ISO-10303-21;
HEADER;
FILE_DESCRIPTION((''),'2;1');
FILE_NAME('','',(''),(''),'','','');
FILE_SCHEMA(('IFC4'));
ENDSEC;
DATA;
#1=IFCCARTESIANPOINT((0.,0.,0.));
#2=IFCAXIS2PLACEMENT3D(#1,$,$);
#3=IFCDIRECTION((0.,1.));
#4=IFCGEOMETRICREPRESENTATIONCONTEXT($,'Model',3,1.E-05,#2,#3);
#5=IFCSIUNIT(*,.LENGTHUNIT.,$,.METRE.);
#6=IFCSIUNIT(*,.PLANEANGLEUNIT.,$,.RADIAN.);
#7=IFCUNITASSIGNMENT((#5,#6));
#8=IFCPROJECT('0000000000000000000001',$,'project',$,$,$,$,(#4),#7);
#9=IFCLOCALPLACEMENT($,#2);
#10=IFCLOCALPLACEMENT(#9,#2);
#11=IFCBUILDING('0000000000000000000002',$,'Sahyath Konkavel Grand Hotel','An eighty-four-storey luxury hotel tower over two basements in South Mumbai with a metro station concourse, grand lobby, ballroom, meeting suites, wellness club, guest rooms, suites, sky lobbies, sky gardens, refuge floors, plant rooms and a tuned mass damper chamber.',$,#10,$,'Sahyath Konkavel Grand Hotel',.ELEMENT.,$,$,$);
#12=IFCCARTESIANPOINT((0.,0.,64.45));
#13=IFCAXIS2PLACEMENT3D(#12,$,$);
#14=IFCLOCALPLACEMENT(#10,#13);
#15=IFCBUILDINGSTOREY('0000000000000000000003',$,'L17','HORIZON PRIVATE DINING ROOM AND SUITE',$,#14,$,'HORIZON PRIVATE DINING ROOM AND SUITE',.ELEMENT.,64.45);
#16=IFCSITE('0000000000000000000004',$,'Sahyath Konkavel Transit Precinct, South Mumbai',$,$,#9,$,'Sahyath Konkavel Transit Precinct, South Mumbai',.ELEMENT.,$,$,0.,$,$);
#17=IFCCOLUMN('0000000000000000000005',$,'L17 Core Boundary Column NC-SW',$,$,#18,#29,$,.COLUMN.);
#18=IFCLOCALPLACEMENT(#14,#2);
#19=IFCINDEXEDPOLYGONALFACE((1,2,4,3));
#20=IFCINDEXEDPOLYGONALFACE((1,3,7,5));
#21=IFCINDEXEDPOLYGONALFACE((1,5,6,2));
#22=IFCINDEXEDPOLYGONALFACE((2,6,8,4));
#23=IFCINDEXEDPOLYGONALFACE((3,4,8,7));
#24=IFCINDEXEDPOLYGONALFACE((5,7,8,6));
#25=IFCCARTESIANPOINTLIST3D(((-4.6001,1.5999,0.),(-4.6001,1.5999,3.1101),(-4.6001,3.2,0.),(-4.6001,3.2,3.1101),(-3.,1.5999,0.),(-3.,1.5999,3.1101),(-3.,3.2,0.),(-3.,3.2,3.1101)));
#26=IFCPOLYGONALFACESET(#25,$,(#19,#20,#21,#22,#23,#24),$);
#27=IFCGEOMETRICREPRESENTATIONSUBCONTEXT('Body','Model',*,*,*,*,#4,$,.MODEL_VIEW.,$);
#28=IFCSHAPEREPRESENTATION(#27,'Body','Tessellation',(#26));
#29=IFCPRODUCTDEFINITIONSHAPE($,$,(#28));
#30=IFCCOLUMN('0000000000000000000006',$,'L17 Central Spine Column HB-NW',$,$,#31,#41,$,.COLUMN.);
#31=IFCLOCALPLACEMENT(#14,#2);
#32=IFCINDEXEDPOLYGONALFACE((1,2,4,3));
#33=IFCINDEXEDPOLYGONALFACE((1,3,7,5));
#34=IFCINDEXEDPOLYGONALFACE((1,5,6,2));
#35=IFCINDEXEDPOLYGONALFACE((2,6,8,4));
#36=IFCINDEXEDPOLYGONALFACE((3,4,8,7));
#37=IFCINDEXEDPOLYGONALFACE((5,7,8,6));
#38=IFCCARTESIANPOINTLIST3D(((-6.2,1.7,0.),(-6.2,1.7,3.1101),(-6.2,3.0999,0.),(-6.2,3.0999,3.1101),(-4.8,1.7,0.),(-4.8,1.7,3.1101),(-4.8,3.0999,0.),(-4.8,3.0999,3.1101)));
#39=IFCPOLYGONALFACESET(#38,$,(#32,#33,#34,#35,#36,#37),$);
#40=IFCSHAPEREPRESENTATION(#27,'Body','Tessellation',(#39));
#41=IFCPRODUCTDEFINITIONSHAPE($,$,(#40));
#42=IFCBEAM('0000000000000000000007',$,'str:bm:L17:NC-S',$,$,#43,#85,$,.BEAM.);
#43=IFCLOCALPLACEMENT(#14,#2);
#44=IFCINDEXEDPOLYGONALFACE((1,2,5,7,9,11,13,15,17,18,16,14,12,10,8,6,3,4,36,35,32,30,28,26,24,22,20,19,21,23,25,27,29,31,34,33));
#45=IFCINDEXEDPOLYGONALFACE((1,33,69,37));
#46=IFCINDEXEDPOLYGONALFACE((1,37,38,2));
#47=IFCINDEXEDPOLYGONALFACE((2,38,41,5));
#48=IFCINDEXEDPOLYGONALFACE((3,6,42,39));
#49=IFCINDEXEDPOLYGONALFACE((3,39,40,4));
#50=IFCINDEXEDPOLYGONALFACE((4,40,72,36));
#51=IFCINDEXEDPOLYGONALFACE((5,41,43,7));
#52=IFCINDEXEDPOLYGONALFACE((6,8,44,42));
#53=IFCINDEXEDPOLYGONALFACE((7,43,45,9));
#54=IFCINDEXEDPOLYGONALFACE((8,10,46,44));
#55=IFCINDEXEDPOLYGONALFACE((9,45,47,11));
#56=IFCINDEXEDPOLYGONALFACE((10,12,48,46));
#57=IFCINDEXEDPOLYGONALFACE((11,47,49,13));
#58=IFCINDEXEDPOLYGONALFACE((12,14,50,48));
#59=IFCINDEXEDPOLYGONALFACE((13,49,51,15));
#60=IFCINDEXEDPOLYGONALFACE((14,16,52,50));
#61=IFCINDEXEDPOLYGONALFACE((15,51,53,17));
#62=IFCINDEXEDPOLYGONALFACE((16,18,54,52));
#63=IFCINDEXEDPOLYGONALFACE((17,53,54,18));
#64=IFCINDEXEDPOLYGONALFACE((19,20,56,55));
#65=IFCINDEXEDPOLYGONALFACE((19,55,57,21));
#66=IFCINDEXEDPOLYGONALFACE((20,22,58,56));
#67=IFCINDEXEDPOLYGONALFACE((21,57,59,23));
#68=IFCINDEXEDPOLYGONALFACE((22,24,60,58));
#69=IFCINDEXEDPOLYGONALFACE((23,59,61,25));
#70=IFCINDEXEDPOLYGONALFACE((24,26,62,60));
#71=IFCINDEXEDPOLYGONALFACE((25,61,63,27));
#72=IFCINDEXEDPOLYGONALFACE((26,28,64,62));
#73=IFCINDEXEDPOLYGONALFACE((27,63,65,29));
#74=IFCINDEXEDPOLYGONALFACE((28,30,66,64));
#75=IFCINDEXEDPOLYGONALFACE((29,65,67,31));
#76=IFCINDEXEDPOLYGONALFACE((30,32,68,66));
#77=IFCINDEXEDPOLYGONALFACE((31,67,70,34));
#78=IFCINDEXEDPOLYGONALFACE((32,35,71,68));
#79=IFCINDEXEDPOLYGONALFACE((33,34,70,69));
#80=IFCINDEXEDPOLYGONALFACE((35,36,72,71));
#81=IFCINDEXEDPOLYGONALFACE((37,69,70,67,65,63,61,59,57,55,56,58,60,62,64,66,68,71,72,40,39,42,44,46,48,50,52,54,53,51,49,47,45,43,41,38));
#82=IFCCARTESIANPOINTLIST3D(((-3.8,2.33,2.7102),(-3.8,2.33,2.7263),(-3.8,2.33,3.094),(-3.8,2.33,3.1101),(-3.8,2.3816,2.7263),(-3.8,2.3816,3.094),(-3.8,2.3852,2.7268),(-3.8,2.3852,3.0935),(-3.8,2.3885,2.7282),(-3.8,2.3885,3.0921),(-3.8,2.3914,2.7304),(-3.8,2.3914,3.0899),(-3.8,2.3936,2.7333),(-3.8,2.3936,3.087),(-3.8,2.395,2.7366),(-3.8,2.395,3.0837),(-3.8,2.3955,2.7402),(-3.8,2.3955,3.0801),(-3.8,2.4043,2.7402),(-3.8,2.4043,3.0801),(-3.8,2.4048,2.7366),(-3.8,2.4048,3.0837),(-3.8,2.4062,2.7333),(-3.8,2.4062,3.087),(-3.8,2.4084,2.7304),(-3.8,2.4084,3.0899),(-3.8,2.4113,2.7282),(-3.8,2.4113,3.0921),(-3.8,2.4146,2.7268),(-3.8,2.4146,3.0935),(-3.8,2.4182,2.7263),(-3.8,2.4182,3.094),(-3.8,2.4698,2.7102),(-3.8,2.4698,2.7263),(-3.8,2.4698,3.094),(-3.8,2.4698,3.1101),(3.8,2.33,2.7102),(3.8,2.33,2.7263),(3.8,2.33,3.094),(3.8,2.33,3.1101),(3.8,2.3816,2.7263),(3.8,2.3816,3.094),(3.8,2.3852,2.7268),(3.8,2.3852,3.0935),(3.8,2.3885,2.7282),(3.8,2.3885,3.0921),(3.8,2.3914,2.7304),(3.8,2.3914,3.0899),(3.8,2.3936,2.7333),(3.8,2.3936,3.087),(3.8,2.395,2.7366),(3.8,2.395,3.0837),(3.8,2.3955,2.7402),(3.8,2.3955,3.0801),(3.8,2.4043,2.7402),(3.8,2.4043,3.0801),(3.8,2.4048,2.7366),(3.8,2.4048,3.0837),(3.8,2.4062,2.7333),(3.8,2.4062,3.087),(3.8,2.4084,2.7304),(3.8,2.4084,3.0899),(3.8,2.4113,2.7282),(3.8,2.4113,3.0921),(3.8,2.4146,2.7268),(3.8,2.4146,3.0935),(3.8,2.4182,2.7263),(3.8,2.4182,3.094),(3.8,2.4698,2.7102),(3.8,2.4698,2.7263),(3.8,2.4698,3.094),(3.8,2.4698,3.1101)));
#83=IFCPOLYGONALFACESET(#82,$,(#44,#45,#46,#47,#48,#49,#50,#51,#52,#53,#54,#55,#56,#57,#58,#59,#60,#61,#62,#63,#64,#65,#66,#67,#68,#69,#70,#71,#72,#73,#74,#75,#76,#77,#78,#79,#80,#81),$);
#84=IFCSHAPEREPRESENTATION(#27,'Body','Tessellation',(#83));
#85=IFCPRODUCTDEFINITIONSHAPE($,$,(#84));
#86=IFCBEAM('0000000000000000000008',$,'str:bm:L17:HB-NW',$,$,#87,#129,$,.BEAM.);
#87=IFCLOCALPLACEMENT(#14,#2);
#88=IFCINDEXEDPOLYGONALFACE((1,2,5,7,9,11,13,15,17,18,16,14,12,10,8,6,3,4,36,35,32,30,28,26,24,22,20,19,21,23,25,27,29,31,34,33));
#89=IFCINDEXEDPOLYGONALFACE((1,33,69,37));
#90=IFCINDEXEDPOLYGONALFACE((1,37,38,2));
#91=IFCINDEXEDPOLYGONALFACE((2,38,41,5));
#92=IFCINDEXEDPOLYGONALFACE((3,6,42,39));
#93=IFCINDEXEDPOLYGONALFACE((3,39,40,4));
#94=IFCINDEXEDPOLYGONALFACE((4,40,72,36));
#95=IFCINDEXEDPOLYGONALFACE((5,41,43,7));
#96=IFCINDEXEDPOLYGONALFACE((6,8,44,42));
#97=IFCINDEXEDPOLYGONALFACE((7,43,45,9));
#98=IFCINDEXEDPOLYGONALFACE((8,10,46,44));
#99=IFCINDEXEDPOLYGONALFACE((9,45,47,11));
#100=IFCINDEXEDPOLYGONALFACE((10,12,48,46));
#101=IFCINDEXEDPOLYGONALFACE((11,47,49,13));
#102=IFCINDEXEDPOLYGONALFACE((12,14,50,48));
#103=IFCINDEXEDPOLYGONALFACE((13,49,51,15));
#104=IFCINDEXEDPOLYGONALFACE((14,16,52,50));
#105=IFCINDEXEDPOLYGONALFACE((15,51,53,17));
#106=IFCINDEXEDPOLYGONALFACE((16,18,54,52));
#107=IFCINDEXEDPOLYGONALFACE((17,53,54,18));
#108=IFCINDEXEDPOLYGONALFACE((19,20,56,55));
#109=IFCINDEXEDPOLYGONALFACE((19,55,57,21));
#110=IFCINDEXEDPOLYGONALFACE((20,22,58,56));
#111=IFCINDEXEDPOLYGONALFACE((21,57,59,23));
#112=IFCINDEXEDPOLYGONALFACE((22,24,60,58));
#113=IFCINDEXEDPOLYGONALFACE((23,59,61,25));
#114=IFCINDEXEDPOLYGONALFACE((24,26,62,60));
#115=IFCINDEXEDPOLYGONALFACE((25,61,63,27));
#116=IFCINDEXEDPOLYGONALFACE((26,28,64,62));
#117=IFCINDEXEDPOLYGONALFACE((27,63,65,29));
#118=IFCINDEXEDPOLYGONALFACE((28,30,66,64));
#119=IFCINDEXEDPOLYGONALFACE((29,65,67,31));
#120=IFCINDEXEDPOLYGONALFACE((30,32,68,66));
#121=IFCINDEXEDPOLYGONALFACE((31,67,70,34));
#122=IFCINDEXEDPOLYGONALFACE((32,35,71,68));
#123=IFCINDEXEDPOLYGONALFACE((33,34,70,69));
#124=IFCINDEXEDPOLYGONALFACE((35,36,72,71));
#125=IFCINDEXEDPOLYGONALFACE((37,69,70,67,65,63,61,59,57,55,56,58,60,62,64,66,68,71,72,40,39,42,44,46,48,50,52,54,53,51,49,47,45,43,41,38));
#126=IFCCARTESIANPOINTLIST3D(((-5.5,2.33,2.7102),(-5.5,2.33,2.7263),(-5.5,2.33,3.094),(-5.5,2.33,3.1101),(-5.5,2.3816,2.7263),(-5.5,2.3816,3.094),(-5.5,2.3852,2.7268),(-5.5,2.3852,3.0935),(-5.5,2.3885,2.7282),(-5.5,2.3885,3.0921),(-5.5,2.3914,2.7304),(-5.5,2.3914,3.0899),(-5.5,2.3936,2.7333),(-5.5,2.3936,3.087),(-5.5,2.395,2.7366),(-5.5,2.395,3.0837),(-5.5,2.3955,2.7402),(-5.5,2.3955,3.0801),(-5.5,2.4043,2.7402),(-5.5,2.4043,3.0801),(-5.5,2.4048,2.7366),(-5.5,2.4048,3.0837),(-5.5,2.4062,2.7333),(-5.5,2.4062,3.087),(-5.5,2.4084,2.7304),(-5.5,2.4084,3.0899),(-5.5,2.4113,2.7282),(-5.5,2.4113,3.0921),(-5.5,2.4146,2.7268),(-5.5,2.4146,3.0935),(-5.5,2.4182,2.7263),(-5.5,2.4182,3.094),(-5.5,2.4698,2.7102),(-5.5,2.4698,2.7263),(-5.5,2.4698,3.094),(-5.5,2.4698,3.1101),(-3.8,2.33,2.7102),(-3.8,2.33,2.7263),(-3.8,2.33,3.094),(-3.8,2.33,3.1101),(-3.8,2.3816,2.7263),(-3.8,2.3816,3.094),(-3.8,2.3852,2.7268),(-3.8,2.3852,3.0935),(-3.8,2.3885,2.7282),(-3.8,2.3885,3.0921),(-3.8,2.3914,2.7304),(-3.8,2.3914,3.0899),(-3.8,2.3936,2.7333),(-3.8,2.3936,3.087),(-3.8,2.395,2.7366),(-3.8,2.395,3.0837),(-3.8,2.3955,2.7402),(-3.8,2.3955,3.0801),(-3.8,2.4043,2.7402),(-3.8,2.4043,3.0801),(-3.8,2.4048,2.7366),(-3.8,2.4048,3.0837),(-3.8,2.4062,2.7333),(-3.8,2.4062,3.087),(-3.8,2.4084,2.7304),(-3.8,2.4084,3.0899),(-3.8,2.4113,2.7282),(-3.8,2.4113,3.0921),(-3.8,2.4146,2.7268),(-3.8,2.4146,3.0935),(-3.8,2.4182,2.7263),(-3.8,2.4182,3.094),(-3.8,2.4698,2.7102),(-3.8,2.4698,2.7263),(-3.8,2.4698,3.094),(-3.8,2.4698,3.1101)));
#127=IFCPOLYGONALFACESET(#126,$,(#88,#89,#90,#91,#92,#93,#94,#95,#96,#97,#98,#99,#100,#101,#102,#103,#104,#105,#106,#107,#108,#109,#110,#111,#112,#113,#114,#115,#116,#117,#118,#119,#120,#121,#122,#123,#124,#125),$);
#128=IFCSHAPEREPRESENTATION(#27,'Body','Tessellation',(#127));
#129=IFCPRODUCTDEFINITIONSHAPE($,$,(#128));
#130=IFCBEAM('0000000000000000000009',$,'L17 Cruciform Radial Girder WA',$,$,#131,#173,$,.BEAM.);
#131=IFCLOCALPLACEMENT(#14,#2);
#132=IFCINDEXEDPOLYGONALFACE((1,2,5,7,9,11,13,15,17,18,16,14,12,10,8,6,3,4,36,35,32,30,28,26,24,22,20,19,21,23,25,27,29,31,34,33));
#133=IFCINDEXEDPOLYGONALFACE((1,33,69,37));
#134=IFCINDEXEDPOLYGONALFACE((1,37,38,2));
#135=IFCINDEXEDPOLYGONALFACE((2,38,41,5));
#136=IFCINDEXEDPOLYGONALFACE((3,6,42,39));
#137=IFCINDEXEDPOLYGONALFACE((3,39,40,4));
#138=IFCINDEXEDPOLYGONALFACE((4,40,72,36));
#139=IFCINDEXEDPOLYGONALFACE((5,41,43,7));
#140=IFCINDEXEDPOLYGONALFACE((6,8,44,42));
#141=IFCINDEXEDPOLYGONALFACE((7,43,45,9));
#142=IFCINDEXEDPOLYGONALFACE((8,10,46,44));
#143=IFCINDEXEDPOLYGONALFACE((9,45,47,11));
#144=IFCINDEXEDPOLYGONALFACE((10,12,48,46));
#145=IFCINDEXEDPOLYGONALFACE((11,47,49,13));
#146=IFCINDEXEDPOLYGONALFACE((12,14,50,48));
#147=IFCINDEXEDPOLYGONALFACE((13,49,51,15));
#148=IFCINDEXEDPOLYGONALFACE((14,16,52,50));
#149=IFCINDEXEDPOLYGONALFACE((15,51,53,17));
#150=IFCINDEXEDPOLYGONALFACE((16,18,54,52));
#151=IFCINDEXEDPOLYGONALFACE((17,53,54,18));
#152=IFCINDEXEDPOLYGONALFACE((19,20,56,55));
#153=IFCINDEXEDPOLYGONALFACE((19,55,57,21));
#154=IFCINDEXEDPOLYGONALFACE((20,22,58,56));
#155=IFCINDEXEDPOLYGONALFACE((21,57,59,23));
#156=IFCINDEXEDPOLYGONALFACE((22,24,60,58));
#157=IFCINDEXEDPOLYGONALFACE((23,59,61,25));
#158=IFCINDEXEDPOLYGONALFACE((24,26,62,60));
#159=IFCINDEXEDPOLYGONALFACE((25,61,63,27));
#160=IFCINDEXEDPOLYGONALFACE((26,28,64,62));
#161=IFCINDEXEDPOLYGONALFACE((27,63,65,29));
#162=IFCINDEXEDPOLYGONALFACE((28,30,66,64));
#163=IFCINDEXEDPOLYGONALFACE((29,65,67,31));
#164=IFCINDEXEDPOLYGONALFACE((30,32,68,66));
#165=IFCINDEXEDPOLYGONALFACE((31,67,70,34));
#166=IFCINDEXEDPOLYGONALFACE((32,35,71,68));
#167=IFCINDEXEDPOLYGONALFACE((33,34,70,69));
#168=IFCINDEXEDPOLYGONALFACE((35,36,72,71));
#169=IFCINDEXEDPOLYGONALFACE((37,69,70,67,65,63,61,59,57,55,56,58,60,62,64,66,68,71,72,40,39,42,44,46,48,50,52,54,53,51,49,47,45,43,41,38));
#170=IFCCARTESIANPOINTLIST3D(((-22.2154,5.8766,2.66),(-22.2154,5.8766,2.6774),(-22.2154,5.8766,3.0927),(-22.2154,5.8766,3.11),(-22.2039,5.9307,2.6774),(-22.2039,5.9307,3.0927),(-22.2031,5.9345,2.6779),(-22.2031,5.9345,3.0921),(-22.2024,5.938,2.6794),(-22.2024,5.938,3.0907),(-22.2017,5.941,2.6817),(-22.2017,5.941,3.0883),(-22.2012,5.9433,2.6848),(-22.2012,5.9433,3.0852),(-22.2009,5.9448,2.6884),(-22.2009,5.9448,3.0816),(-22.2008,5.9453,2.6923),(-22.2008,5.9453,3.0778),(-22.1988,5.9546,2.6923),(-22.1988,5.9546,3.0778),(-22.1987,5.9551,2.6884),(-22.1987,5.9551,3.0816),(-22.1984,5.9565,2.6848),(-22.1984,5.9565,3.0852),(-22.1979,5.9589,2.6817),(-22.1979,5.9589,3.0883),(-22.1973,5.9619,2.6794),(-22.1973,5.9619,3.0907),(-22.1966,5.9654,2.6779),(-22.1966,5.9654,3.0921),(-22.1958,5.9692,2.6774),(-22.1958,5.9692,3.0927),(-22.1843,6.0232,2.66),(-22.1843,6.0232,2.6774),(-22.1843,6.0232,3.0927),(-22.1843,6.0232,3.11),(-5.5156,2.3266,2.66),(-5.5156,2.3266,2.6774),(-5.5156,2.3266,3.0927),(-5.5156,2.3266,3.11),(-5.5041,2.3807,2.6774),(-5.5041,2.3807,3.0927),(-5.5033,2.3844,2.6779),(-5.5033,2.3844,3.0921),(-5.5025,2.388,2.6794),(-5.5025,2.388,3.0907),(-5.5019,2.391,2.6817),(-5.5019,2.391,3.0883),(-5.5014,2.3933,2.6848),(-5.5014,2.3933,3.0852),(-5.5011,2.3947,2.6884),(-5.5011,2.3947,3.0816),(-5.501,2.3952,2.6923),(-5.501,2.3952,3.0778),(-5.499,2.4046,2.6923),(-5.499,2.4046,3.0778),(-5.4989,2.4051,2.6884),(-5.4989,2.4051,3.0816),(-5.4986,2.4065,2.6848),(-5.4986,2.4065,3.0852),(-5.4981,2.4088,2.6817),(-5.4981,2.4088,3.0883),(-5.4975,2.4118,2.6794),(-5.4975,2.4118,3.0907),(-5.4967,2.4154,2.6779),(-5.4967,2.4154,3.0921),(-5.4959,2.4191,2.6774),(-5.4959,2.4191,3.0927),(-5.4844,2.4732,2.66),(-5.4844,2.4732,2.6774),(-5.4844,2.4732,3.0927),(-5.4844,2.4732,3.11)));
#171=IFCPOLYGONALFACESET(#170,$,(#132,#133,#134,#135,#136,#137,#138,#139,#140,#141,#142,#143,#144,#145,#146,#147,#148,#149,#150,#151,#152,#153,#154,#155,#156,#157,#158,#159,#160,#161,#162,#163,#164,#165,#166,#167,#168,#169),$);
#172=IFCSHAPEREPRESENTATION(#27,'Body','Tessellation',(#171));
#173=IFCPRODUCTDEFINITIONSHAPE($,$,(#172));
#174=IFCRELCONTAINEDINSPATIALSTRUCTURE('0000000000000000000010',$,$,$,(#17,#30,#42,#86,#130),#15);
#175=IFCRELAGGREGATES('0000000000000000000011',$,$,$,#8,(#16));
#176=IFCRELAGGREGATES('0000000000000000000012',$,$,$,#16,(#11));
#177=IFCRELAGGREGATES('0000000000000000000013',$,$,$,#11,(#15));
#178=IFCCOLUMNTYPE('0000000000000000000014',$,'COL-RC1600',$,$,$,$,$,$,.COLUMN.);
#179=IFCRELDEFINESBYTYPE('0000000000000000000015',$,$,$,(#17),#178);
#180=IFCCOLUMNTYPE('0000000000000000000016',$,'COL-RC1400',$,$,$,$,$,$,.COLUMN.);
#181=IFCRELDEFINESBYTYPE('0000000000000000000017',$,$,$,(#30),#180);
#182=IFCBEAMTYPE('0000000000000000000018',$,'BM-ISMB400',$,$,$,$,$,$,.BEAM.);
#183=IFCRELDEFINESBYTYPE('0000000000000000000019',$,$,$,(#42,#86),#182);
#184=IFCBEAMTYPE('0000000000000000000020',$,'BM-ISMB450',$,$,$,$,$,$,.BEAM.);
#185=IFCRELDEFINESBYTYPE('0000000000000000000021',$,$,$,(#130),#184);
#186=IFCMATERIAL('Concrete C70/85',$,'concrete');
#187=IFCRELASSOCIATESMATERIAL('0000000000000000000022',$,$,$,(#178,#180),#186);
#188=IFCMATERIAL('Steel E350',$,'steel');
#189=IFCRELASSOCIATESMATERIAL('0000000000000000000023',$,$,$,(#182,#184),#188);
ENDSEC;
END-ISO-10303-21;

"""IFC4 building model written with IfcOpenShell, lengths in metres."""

from ifc_helpers import new_model, si_unit, direction, frame, origin, origin_2d, place, context, subcontext, project, spatial, rectangle, i_section, extrude, source, transform, mapped, material, material_profile, profile_set, type_object, element, save


model = new_model("IFC4")

# Units and contexts
model_context = context("Model", 3, precision=1e-05, world=origin(), true_north=direction((0.0, 1.0)))
body_context = subcontext(model_context, "Body", "Model", "MODEL_VIEW")
ifc_project = project(units=[si_unit("LENGTHUNIT", "METRE"), si_unit("PLANEANGLEUNIT", "RADIAN")], contexts=[model_context])

# Site, building, storey
site_placement = place(None, origin())
site = spatial("IfcSite", under=ifc_project, at=site_placement, Name="Sahyath Konkavel Transit Precinct, South Mumbai", LongName="Sahyath Konkavel Transit Precinct, South Mumbai", CompositionType="ELEMENT", RefElevation=0.0)
building_placement = place(site_placement, origin())
building = spatial("IfcBuilding", under=site, at=building_placement, Name="Sahyath Konkavel Grand Hotel", Description="An eighty-four-storey luxury hotel tower over two basements in South Mumbai with a metro station concourse, grand lobby, ballroom, meeting suites, wellness club, guest rooms, suites, sky lobbies, sky gardens, refuge floors, plant rooms and a tuned mass damper chamber.", LongName="Sahyath Konkavel Grand Hotel", CompositionType="ELEMENT")
storey_placement = place(building_placement, frame((0.0, 0.0, 64.45)))
storey = spatial("IfcBuildingStorey", under=building, at=storey_placement, Name="L17", Description="HORIZON PRIVATE DINING ROOM AND SUITE", LongName="HORIZON PRIVATE DINING ROOM AND SUITE", CompositionType="ELEMENT", Elevation=64.45)

# Columns
ifc_material_1 = material(Name="Concrete C70/85", Category="concrete")
ifc_material_profile_1 = material_profile(ifc_material_1, rectangle(XDim=1.6001, YDim=1.6001, at=origin_2d()), Name="RC 1600x1600")
ifc_profile_set_1 = profile_set([ifc_material_profile_1], Name="Concrete C70/85")
column_type_1 = type_object("IfcColumnType", Name="COL-RC1600", PredefinedType="COLUMN", material=ifc_profile_set_1)
shared_shape_1 = source(origin(), body_context, "Body", "SweptSolid", [
    extrude(rectangle(XDim=1.6001, YDim=1.6001, at=origin_2d()), origin(), (0.0, 0.0, 1.0), 3.1101),
])
column_1_placement = place(storey_placement, frame((-3.8, 2.3999, 0.0), z_axis=(0.0, 0.0, 1.0), x_axis=(1.0, 0.0, 0.0)))
element("IfcColumn", 1, at=column_1_placement, inside=storey, type_object=column_type_1, Name="L17 Core Boundary Column NC-SW", PredefinedType="COLUMN", context=body_context, shape_type="MappedRepresentation", body=[
    mapped(shared_shape_1, transform((0.0, 0.0, 0.0), scale=1.0)),
])
ifc_material_profile_2 = material_profile(ifc_material_1, rectangle(XDim=1.3999, YDim=1.3999, at=origin_2d()), Name="RC 1400x1400")
ifc_profile_set_2 = profile_set([ifc_material_profile_2], Name="Concrete C70/85")
column_type_2 = type_object("IfcColumnType", Name="COL-RC1400", PredefinedType="COLUMN", material=ifc_profile_set_2)
shared_shape_2 = source(origin(), body_context, "Body", "SweptSolid", [
    extrude(rectangle(XDim=1.3999, YDim=1.3999, at=origin_2d()), origin(), (0.0, 0.0, 1.0), 3.1101),
])
column_2_placement = place(storey_placement, frame((-5.5, 2.3999, 0.0), z_axis=(0.0, 0.0, 1.0), x_axis=(1.0, 0.0, 0.0)))
element("IfcColumn", 2, at=column_2_placement, inside=storey, type_object=column_type_2, Name="L17 Central Spine Column HB-NW", PredefinedType="COLUMN", context=body_context, shape_type="MappedRepresentation", body=[
    mapped(shared_shape_2, transform((0.0, 0.0, 0.0), scale=1.0)),
])

# Beams
ifc_material_2 = material(Name="Steel E350", Category="steel")
ifc_material_profile_3 = material_profile(ifc_material_2, i_section(OverallWidth=0.1399, OverallDepth=0.3999, WebThickness=0.0088, FlangeThickness=0.0161, FilletRadius=0.0139, at=origin_2d()), Name="ISMB 400")
ifc_profile_set_3 = profile_set([ifc_material_profile_3], Name="Steel E350")
beam_type_1 = type_object("IfcBeamType", Name="BM-ISMB400", PredefinedType="BEAM", material=ifc_profile_set_3)
shared_shape_3 = source(origin(), body_context, "Body", "SweptSolid", [
    extrude(i_section(OverallWidth=0.1399, OverallDepth=0.3999, WebThickness=0.0088, FlangeThickness=0.0161, FilletRadius=0.0139, at=origin_2d()), origin(), (0.0, 0.0, 1.0), 7.6001),
])
beam_1_placement = place(storey_placement, frame((-3.8, 2.3999, 2.9102), z_axis=(1.0, 0.0, 0.0), x_axis=(0.0, 1.0, 0.0)))
element("IfcBeam", 3, at=beam_1_placement, inside=storey, type_object=beam_type_1, Name="str:bm:L17:NC-S", PredefinedType="BEAM", context=body_context, shape_type="MappedRepresentation", body=[
    mapped(shared_shape_3, transform((0.0, 0.0, 0.0), scale=1.0)),
])
shared_shape_4 = source(origin(), body_context, "Body", "SweptSolid", [
    extrude(i_section(OverallWidth=0.1399, OverallDepth=0.3999, WebThickness=0.0088, FlangeThickness=0.0161, FilletRadius=0.0139, at=origin_2d()), origin(), (0.0, 0.0, 1.0), 1.7),
])
beam_2_placement = place(storey_placement, frame((-5.5, 2.3999, 2.9102), z_axis=(1.0, 0.0, 0.0), x_axis=(0.0, 1.0, 0.0)))
element("IfcBeam", 4, at=beam_2_placement, inside=storey, type_object=beam_type_1, Name="str:bm:L17:HB-NW", PredefinedType="BEAM", context=body_context, shape_type="MappedRepresentation", body=[
    mapped(shared_shape_4, transform((0.0, 0.0, 0.0), scale=1.0)),
])
ifc_material_profile_4 = material_profile(ifc_material_2, i_section(OverallWidth=0.1499, OverallDepth=0.45, WebThickness=0.0095, FlangeThickness=0.0173, FilletRadius=0.0149, at=origin_2d()), Name="ISMB 450")
ifc_profile_set_4 = profile_set([ifc_material_profile_4], Name="Steel E350")
beam_type_2 = type_object("IfcBeamType", Name="BM-ISMB450", PredefinedType="BEAM", material=ifc_profile_set_4)
shared_shape_5 = source(origin(), body_context, "Body", "SweptSolid", [
    extrude(i_section(OverallWidth=0.1499, OverallDepth=0.45, WebThickness=0.0095, FlangeThickness=0.0173, FilletRadius=0.0149, at=origin_2d()), origin(), (0.0, 0.0, 1.0), 17.073),
])
beam_3_placement = place(storey_placement, frame((-5.5, 2.3999, 2.885), z_axis=(-0.978143, 0.207932, 0.0), x_axis=(-0.207932, -0.978143, 0.0)))
element("IfcBeam", 5, at=beam_3_placement, inside=storey, type_object=beam_type_2, Name="L17 Cruciform Radial Girder WA", PredefinedType="BEAM", context=body_context, shape_type="MappedRepresentation", body=[
    mapped(shared_shape_5, transform((0.0, 0.0, 0.0), scale=1.0)),
])

save(model, "model.ifc")
